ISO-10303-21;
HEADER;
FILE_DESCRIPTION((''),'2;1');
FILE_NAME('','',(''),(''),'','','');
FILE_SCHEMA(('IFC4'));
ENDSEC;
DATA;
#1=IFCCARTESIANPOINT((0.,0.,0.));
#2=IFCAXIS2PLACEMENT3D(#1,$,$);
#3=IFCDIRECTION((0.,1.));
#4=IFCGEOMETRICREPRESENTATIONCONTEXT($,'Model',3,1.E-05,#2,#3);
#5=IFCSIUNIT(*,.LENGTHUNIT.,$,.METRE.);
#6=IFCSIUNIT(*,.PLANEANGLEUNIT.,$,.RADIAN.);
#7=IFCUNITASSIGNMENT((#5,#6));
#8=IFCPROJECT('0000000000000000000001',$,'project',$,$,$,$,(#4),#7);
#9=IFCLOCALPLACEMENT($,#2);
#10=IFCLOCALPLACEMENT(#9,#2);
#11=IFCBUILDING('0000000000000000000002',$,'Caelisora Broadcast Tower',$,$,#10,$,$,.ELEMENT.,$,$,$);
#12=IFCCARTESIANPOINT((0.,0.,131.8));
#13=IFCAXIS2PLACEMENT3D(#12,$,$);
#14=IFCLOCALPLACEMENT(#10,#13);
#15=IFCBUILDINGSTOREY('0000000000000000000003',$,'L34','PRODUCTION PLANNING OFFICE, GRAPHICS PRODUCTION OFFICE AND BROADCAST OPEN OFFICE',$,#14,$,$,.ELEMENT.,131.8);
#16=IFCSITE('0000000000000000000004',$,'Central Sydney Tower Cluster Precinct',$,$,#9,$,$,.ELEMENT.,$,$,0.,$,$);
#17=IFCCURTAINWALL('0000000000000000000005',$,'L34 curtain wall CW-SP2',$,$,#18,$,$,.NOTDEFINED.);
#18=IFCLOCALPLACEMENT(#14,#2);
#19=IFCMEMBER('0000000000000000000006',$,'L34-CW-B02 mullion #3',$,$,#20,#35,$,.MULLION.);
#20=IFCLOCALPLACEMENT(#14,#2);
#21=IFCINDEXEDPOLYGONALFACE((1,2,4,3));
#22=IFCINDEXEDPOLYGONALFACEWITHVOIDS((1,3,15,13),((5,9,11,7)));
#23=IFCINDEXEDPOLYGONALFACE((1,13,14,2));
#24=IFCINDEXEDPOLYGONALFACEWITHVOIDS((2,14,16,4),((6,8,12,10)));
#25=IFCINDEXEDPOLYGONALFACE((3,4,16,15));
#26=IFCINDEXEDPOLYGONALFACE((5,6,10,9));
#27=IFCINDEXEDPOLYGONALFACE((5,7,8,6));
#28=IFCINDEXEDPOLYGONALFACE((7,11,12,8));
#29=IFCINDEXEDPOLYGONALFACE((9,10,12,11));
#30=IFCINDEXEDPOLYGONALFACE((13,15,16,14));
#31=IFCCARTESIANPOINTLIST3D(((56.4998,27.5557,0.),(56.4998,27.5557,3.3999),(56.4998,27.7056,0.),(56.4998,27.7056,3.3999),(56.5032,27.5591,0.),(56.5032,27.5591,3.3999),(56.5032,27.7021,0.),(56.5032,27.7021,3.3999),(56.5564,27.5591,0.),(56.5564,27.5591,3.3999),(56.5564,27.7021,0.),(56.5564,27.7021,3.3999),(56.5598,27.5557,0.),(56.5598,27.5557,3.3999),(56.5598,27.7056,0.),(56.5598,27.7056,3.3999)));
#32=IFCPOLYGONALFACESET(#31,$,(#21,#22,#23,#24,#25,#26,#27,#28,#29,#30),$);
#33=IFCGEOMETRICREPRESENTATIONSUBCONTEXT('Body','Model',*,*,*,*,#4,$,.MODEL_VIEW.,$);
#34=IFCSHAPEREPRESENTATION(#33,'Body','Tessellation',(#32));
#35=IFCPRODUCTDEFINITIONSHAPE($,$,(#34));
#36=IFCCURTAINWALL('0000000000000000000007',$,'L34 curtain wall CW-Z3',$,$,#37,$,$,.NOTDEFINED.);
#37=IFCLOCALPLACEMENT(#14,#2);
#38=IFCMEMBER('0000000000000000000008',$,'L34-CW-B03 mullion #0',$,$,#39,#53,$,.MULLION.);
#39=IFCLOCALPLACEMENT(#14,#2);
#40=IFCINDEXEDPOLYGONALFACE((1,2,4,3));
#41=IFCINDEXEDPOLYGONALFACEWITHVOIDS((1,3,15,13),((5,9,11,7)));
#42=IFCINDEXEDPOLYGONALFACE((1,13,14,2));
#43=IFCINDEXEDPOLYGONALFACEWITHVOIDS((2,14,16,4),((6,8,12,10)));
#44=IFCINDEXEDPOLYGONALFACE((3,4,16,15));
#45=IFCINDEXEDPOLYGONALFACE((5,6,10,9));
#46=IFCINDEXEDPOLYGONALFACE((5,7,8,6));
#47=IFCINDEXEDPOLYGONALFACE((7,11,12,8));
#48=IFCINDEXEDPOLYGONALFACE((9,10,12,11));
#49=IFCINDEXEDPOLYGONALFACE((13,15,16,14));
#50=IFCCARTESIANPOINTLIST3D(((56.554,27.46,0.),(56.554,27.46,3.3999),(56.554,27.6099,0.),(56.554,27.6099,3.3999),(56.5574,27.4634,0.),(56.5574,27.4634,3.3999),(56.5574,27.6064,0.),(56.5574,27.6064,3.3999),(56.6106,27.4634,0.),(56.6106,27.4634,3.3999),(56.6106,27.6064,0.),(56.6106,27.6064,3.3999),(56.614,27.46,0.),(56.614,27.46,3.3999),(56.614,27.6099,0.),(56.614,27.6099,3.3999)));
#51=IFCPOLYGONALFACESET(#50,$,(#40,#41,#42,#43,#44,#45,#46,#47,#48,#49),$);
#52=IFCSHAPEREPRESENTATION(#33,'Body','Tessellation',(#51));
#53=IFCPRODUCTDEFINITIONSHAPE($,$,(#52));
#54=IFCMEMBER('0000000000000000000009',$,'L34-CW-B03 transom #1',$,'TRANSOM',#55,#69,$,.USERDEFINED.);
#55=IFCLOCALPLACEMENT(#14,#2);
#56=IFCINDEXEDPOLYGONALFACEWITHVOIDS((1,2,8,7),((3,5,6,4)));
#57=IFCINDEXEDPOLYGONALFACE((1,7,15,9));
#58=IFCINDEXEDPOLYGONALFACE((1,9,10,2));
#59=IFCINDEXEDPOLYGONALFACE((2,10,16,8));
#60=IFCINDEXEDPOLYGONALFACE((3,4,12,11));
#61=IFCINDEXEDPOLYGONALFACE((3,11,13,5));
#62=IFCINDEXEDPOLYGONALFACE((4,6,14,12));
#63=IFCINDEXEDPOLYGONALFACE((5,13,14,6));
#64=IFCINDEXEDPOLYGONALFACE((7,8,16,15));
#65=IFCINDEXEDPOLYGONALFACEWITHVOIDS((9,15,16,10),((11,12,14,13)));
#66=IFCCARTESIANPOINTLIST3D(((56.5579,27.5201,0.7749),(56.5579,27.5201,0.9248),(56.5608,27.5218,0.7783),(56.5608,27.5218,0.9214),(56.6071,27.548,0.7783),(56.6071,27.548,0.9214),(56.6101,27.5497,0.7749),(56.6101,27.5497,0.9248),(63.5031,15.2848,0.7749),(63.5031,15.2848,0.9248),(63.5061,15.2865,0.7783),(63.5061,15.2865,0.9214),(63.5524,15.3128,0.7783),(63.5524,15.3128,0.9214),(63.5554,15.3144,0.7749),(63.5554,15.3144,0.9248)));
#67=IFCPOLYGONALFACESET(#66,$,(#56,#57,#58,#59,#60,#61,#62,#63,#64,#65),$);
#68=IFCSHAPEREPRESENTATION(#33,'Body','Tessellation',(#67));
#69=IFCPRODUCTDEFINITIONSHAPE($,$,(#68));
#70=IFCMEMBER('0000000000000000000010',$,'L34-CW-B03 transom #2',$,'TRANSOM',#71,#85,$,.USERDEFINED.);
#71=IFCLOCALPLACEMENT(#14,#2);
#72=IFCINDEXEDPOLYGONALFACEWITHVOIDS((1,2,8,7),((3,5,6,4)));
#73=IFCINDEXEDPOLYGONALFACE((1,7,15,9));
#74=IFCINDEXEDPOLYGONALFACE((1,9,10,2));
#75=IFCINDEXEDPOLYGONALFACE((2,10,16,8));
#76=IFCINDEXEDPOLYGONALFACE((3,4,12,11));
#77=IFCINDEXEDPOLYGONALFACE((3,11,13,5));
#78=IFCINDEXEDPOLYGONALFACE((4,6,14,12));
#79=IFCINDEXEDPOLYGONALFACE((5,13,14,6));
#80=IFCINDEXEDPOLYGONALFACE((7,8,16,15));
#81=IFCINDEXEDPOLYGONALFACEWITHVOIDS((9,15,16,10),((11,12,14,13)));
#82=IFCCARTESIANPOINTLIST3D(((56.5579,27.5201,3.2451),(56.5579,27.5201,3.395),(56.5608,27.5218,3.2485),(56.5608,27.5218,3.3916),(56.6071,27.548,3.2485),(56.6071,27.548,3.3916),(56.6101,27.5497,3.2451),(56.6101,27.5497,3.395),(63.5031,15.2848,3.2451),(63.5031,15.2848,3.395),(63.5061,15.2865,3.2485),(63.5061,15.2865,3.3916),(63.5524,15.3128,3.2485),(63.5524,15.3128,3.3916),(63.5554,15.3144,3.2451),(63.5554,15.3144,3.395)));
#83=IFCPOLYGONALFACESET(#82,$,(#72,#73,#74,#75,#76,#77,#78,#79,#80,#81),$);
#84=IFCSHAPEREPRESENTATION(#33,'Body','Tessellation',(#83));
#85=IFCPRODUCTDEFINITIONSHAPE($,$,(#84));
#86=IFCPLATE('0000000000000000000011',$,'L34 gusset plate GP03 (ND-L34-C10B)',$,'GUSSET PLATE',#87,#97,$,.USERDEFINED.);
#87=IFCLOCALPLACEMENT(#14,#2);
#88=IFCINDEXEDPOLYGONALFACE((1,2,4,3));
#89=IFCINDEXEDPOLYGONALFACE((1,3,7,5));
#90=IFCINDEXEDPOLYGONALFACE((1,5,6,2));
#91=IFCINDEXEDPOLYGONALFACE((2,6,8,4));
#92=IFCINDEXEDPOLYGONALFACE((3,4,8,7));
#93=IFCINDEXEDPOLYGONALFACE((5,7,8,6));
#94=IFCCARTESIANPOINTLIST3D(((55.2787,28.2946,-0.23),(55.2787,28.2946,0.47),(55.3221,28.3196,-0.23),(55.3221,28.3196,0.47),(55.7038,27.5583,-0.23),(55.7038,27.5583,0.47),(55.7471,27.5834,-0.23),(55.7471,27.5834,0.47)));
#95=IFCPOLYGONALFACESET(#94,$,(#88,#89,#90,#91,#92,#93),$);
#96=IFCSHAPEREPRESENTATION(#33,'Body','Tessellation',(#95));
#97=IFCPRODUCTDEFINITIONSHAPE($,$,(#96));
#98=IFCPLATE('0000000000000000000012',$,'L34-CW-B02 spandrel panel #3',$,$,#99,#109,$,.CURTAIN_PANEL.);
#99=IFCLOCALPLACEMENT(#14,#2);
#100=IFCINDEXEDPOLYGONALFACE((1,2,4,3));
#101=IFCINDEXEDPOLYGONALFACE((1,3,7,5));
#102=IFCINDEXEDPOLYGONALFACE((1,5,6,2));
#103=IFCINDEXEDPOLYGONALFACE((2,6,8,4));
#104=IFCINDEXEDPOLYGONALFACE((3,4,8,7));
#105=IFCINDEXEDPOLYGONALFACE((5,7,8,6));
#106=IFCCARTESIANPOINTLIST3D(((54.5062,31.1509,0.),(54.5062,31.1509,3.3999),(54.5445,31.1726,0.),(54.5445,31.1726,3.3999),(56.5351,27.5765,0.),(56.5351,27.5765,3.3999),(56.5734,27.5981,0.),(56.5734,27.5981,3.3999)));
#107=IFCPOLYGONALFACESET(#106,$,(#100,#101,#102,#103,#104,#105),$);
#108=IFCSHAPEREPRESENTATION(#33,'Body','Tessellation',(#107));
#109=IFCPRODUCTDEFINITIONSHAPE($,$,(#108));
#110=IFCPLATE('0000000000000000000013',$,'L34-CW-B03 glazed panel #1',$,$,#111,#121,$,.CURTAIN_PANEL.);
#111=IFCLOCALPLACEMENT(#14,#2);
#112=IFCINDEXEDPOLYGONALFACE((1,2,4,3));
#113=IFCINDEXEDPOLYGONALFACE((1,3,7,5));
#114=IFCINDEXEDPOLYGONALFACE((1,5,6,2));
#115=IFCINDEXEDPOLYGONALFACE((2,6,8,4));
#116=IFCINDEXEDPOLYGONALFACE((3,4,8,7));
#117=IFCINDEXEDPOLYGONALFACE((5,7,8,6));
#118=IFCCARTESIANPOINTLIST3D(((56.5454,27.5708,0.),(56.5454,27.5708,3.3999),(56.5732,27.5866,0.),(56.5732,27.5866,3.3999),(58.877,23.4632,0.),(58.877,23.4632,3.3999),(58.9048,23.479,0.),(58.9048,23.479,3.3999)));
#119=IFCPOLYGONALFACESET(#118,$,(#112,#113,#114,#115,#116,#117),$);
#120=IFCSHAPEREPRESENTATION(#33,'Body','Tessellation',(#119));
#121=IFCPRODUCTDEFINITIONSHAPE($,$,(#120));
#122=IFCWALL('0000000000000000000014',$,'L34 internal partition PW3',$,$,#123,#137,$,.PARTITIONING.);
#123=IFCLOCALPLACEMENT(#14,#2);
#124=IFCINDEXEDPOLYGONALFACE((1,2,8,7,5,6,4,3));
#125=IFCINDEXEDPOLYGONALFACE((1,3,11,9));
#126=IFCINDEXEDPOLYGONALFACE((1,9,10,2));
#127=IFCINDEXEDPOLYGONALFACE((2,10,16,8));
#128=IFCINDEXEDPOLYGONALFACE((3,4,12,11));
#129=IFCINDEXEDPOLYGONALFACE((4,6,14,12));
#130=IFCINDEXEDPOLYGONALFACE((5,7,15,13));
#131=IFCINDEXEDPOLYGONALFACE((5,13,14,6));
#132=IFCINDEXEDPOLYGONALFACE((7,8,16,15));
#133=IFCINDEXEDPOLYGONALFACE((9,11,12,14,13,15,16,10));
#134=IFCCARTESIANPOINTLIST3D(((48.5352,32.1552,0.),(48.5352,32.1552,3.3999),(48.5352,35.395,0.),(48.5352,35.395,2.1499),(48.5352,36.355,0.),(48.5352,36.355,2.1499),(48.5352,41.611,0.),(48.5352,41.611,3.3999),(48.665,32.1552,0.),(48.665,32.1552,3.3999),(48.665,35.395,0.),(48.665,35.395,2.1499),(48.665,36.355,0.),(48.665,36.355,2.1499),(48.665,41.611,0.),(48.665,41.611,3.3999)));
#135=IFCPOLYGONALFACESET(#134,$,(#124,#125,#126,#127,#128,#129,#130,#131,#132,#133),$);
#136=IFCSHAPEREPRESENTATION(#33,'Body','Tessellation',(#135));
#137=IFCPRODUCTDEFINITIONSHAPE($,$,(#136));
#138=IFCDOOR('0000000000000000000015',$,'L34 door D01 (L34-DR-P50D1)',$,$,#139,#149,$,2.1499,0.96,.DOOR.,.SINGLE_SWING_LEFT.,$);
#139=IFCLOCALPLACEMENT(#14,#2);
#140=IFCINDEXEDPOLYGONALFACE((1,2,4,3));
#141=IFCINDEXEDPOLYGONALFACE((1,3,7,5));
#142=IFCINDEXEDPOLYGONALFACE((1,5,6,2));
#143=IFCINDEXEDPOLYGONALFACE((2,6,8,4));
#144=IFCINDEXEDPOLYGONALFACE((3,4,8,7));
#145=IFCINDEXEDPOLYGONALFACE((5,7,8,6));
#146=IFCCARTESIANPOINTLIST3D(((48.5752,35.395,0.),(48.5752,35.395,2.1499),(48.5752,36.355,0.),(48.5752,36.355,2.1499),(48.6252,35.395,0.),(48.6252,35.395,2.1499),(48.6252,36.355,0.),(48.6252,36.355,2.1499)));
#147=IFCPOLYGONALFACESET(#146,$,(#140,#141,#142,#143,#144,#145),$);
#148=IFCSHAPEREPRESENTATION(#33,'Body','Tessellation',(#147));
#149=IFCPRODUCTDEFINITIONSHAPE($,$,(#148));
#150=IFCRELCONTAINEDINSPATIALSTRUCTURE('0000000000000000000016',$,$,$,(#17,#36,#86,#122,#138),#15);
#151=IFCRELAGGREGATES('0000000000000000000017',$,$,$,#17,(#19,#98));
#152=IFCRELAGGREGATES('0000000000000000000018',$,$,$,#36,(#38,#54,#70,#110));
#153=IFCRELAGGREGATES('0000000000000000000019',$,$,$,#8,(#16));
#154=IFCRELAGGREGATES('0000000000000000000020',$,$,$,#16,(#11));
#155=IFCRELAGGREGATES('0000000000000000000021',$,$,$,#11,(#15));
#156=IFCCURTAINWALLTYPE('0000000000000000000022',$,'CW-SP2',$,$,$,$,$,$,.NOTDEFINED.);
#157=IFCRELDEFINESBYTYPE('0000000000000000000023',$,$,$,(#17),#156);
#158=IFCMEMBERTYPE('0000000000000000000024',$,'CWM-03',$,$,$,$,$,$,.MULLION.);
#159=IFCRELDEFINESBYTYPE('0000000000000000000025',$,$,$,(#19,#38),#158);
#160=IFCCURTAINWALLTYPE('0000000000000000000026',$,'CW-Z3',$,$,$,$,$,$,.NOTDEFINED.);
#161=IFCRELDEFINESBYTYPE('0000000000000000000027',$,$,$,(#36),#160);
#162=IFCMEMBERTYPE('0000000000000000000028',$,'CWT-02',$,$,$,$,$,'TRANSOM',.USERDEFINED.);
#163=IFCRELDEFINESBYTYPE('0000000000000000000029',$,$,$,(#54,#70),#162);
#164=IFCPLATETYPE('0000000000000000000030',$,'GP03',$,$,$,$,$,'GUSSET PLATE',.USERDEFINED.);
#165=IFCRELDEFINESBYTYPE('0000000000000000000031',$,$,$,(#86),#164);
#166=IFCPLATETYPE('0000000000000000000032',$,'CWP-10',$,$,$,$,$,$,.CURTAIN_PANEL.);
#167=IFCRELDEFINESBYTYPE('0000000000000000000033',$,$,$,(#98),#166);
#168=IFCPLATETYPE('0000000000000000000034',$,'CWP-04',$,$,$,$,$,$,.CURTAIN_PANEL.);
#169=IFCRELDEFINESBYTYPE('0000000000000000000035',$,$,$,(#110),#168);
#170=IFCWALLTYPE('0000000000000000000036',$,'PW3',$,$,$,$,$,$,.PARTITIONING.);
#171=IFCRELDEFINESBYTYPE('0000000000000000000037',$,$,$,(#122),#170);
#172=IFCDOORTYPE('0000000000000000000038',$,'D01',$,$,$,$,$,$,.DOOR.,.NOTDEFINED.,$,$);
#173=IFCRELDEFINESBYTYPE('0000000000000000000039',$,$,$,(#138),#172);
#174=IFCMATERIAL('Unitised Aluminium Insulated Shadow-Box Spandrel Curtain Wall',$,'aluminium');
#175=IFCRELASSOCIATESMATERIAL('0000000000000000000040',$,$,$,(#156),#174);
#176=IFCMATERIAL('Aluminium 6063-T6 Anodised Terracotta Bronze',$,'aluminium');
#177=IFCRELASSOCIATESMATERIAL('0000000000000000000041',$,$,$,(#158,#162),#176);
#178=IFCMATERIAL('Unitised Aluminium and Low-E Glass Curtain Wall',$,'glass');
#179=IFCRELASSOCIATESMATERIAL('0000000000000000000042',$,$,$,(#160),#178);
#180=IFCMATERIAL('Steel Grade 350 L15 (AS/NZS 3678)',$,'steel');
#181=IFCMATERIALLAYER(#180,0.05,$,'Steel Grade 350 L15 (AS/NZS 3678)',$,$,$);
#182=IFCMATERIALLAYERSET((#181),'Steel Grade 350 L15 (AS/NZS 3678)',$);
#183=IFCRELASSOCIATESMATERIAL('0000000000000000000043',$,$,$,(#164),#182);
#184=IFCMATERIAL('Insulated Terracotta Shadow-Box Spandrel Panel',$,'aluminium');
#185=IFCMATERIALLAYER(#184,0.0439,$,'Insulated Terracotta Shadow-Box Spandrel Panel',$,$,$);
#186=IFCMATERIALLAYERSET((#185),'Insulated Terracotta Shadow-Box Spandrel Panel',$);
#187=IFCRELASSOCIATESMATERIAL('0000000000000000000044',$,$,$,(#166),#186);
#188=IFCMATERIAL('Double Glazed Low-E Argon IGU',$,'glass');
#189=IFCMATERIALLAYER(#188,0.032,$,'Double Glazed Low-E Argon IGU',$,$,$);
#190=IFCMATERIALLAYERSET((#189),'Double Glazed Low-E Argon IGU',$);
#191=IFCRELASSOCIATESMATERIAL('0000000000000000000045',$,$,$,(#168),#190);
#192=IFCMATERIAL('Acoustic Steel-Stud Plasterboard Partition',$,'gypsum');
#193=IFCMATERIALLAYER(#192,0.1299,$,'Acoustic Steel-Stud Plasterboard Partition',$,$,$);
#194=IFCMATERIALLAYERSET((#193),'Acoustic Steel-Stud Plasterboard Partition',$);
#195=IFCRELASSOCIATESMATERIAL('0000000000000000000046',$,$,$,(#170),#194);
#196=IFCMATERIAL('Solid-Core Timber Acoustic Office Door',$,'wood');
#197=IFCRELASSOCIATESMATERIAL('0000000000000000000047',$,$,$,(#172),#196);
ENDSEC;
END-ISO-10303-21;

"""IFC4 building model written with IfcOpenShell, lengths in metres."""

from ifc_helpers import new_model, si_unit, direction, frame, frame_2d, origin, origin_2d, place, context, subcontext, project, spatial, rectangle, hollow_rectangle, extrude, source, transform, mapped, material, layer, layer_set, material_profile, profile_set, type_object, type_shapes, element, fill, aggregate, save


model = new_model("IFC4")

# Units and contexts
model_context = context("Model", 3, precision=1e-05, world=origin(), true_north=direction((0.0, 1.0)))
body_context = subcontext(model_context, "Body", "Model", "MODEL_VIEW")
ifc_project = project(units=[si_unit("LENGTHUNIT", "METRE"), si_unit("PLANEANGLEUNIT", "RADIAN")], contexts=[model_context])

# Site, building, storey
site_placement = place(None, origin())
site = spatial("IfcSite", under=ifc_project, at=site_placement, Name="Central Sydney Tower Cluster Precinct", CompositionType="ELEMENT", RefElevation=0.0)
building_placement = place(site_placement, origin())
building = spatial("IfcBuilding", under=site, at=building_placement, Name="Caelisora Broadcast Tower", CompositionType="ELEMENT")
storey_placement = place(building_placement, frame((0.0, 0.0, 131.8)))
storey = spatial("IfcBuildingStorey", under=building, at=storey_placement, Name="L34", Description="PRODUCTION PLANNING OFFICE, GRAPHICS PRODUCTION OFFICE AND BROADCAST OPEN OFFICE", CompositionType="ELEMENT", Elevation=131.8)

# Shared definitions
ifc_material_1 = material(Name="Steel Grade 350 L15 (AS/NZS 3678)", Category="steel")

# Curtain walls, members
ifc_material_2 = material(Name="Unitised Aluminium Insulated Shadow-Box Spandrel Curtain Wall", Category="aluminium")
curtain_wall_type_1 = type_object("IfcCurtainWallType", Name="CW-SP2", PredefinedType="NOTDEFINED", material=ifc_material_2)
curtain_wall_1_placement = place(storey_placement, origin())
curtain_wall_1 = element("IfcCurtainWall", 1, at=curtain_wall_1_placement, inside=storey, type_object=curtain_wall_type_1, Name="L34 curtain wall CW-SP2", PredefinedType="NOTDEFINED")
ifc_material_3 = material(Name="Aluminium 6063-T6 Anodised Terracotta Bronze", Category="aluminium")
ifc_material_profile_1 = material_profile(ifc_material_3, hollow_rectangle(XDim=0.0601, YDim=0.1499, WallThickness=0.0034, at=origin_2d()), Name="Aluminium 6063-T6 Anodised Terracotta Bronze")
ifc_profile_set_1 = profile_set([ifc_material_profile_1], Name="Aluminium 6063-T6 Anodised Terracotta Bronze")
member_type_1 = type_object("IfcMemberType", Name="CWM-03", PredefinedType="MULLION", material=ifc_profile_set_1)
shared_shape_1 = source(origin(), body_context, "Body", "SweptSolid", [
    extrude(hollow_rectangle(XDim=0.0601, YDim=0.1499, WallThickness=0.0034, at=origin_2d()), origin(), (0.0, 0.0, 1.0), 3.3999),
])
type_shapes(member_type_1, [shared_shape_1])
member_1_placement = place(storey_placement, frame((56.5298, 27.6306, 0.0), z_axis=(0.0, 0.0, 1.0), x_axis=(1.0, 0.0, 0.0)))
member_1 = element("IfcMember", 2, at=member_1_placement, type_object=member_type_1, Name="L34-CW-B02 mullion #3", PredefinedType="MULLION", context=body_context, shape_type="MappedRepresentation", body=[
    mapped(shared_shape_1, transform((0.0, 0.0, 0.0), scale=1.0)),
])
ifc_material_4 = material(Name="Unitised Aluminium and Low-E Glass Curtain Wall", Category="glass")
curtain_wall_type_2 = type_object("IfcCurtainWallType", Name="CW-Z3", PredefinedType="NOTDEFINED", material=ifc_material_4)
curtain_wall_2_placement = place(storey_placement, origin())
curtain_wall_2 = element("IfcCurtainWall", 3, at=curtain_wall_2_placement, inside=storey, type_object=curtain_wall_type_2, Name="L34 curtain wall CW-Z3", PredefinedType="NOTDEFINED")
member_2_placement = place(storey_placement, frame((56.584, 27.5349, 0.0), z_axis=(0.0, 0.0, 1.0), x_axis=(1.0, 0.0, 0.0)))
member_2 = element("IfcMember", 4, at=member_2_placement, type_object=member_type_1, Name="L34-CW-B03 mullion #0", PredefinedType="MULLION", context=body_context, shape_type="MappedRepresentation", body=[
    mapped(shared_shape_1, transform((0.0, 0.0, 0.0), scale=1.0)),
])
ifc_material_profile_2 = material_profile(ifc_material_3, hollow_rectangle(XDim=0.0601, YDim=0.1499, WallThickness=0.0034, at=origin_2d()), Name="Aluminium 6063-T6 Anodised Terracotta Bronze")
ifc_profile_set_2 = profile_set([ifc_material_profile_2], Name="Aluminium 6063-T6 Anodised Terracotta Bronze")
member_type_2 = type_object("IfcMemberType", Name="CWT-02", ElementType="TRANSOM", PredefinedType="USERDEFINED", material=ifc_profile_set_2)
shared_shape_2 = source(origin(), body_context, "Body", "SweptSolid", [
    extrude(hollow_rectangle(XDim=0.0601, YDim=0.1499, WallThickness=0.0034, at=origin_2d()), origin(), (0.0, 0.0, 1.0), 14.0691),
])
type_shapes(member_type_2, [shared_shape_2])
member_3_placement = place(storey_placement, frame((56.584, 27.5349, 0.8499), z_axis=(0.493655, -0.869658, 0.0), x_axis=(0.869658, 0.493655, 0.0)))
member_3 = element("IfcMember", 5, at=member_3_placement, type_object=member_type_2, Name="L34-CW-B03 transom #1", ObjectType="TRANSOM", PredefinedType="USERDEFINED", context=body_context, shape_type="MappedRepresentation", body=[
    mapped(shared_shape_2, transform((0.0, 0.0, 0.0), scale=1.0)),
])
member_4_placement = place(storey_placement, frame((56.584, 27.5349, 3.3201), z_axis=(0.493655, -0.869658, 0.0), x_axis=(0.869658, 0.493655, 0.0)))
member_4 = element("IfcMember", 6, at=member_4_placement, type_object=member_type_2, Name="L34-CW-B03 transom #2", ObjectType="TRANSOM", PredefinedType="USERDEFINED", context=body_context, shape_type="MappedRepresentation", body=[
    mapped(shared_shape_2, transform((0.0, 0.0, 0.0), scale=1.0)),
])

# Plates
ifc_layer_1 = layer(ifc_material_1, 0.05, Name="Steel Grade 350 L15 (AS/NZS 3678)")
ifc_layer_set_1 = layer_set([ifc_layer_1], Name="Steel Grade 350 L15 (AS/NZS 3678)")
plate_type_1 = type_object("IfcPlateType", Name="GP03", ElementType="GUSSET PLATE", PredefinedType="USERDEFINED", material=ifc_layer_set_1)
shared_shape_3 = source(origin(), body_context, "Body", "SweptSolid", [
    extrude(rectangle(XDim=0.8501, YDim=0.05, at=origin_2d()), origin(), (0.0, 0.0, 1.0), 0.7),
])
type_shapes(plate_type_1, [shared_shape_3])
plate_1_placement = place(storey_placement, frame((55.5129, 27.939, -0.23), z_axis=(0.0, 0.0, 1.0), x_axis=(-0.5, 0.866025, 0.0)))
element("IfcPlate", 7, at=plate_1_placement, inside=storey, type_object=plate_type_1, Name="L34 gusset plate GP03 (ND-L34-C10B)", ObjectType="GUSSET PLATE", PredefinedType="USERDEFINED", context=body_context, shape_type="MappedRepresentation", body=[
    mapped(shared_shape_3, transform((0.0, 0.0, 0.0), scale=1.0)),
])
ifc_material_5 = material(Name="Insulated Terracotta Shadow-Box Spandrel Panel", Category="aluminium")
ifc_layer_2 = layer(ifc_material_5, 0.0439, Name="Insulated Terracotta Shadow-Box Spandrel Panel")
ifc_layer_set_2 = layer_set([ifc_layer_2], Name="Insulated Terracotta Shadow-Box Spandrel Panel")
plate_type_2 = type_object("IfcPlateType", Name="CWP-10", PredefinedType="CURTAIN_PANEL", material=ifc_layer_set_2)
shared_shape_4 = source(origin(), body_context, "Body", "SweptSolid", [
    extrude(rectangle(XDim=4.1101, YDim=0.0439, at=origin_2d()), origin(), (0.0, 0.0, 1.0), 3.3999),
])
type_shapes(plate_type_2, [shared_shape_4])
plate_2_placement = place(storey_placement, frame((55.5398, 29.3745, 0.0), z_axis=(0.0, 0.0, 1.0), x_axis=(0.493638, -0.869667, 0.0)))
plate_2 = element("IfcPlate", 8, at=plate_2_placement, type_object=plate_type_2, Name="L34-CW-B02 spandrel panel #3", PredefinedType="CURTAIN_PANEL", context=body_context, shape_type="MappedRepresentation", body=[
    mapped(shared_shape_4, transform((0.0, 0.0, 0.0), scale=1.0)),
])
aggregate(curtain_wall_1, [member_1, plate_2])
ifc_material_6 = material(Name="Double Glazed Low-E Argon IGU", Category="glass")
ifc_layer_3 = layer(ifc_material_6, 0.032, Name="Double Glazed Low-E Argon IGU")
ifc_layer_set_3 = layer_set([ifc_layer_3], Name="Double Glazed Low-E Argon IGU")
plate_type_3 = type_object("IfcPlateType", Name="CWP-04", PredefinedType="CURTAIN_PANEL", material=ifc_layer_set_3)
shared_shape_5 = source(origin(), body_context, "Body", "SweptSolid", [
    extrude(rectangle(XDim=4.7231, YDim=0.032, at=origin_2d()), origin(), (0.0, 0.0, 1.0), 3.3999),
])
type_shapes(plate_type_3, [shared_shape_5])
plate_3_placement = place(storey_placement, frame((57.7251, 25.5249, 0.0), z_axis=(0.0, 0.0, 1.0), x_axis=(0.493638, -0.869667, 0.0)))
plate_3 = element("IfcPlate", 9, at=plate_3_placement, type_object=plate_type_3, Name="L34-CW-B03 glazed panel #1", PredefinedType="CURTAIN_PANEL", context=body_context, shape_type="MappedRepresentation", body=[
    mapped(shared_shape_5, transform((0.0, 0.0, 0.0), scale=1.0)),
])
aggregate(curtain_wall_2, [member_2, member_3, member_4, plate_3])

# Wall, opening, door
ifc_material_7 = material(Name="Acoustic Steel-Stud Plasterboard Partition", Category="gypsum")
ifc_layer_4 = layer(ifc_material_7, 0.1299, Name="Acoustic Steel-Stud Plasterboard Partition")
ifc_layer_set_4 = layer_set([ifc_layer_4], Name="Acoustic Steel-Stud Plasterboard Partition")
wall_type_1 = type_object("IfcWallType", Name="PW3", PredefinedType="PARTITIONING", material=ifc_layer_set_4)
wall_1_placement = place(storey_placement, frame((48.6001, 32.155, 0.0), z_axis=(0.0, 0.0, 1.0), x_axis=(0.0, 1.0, 0.0)))
wall_1 = element("IfcWall", 10, at=wall_1_placement, inside=storey, type_object=wall_type_1, Name="L34 internal partition PW3", PredefinedType="PARTITIONING", context=body_context, shape_type="SweptSolid", body=[
    extrude(rectangle(XDim=9.4558, YDim=0.1299, at=frame_2d((4.728, 0.0))), origin(), (0.0, 0.0, 1.0), 3.3999),
])
opening_1_placement = place(wall_1_placement, frame((3.24, 0.0, 0.0)))
opening_1 = element("IfcOpeningElement", 11, at=opening_1_placement, cuts=wall_1, PredefinedType="OPENING", context=body_context, shape_type="SweptSolid", body=[
    extrude(rectangle(XDim=0.96, YDim=2.1499, at=frame_2d((0.48, 1.075))), frame((0.0, 0.0769, 0.0), z_axis=(0.0, -1.0, 0.0), x_axis=(1.0, 0.0, 0.0)), (0.0, 0.0, 1.0), 0.1538),
])
ifc_material_8 = material(Name="Solid-Core Timber Acoustic Office Door", Category="wood")
door_type = type_object("IfcDoorType", Name="D01", OperationType="NOTDEFINED", PredefinedType="DOOR", material=ifc_material_8)
door_1_placement = place(opening_1_placement, origin())
door_1 = element("IfcDoor", 12, at=door_1_placement, inside=storey, type_object=door_type, Name="L34 door D01 (L34-DR-P50D1)", OperationType="SINGLE_SWING_LEFT", OverallHeight=2.1499, OverallWidth=0.96, PredefinedType="DOOR", context=body_context, shape_type="SweptSolid", body=[
    extrude(rectangle(XDim=0.96, YDim=2.1499, at=frame_2d((0.48, 1.075))), frame((0.0, 0.0249, 0.0), z_axis=(0.0, -1.0, 0.0), x_axis=(1.0, 0.0, 0.0)), (0.0, 0.0, 1.0), 0.05),
])
fill(opening_1, door_1)

save(model, "model.ifc")
